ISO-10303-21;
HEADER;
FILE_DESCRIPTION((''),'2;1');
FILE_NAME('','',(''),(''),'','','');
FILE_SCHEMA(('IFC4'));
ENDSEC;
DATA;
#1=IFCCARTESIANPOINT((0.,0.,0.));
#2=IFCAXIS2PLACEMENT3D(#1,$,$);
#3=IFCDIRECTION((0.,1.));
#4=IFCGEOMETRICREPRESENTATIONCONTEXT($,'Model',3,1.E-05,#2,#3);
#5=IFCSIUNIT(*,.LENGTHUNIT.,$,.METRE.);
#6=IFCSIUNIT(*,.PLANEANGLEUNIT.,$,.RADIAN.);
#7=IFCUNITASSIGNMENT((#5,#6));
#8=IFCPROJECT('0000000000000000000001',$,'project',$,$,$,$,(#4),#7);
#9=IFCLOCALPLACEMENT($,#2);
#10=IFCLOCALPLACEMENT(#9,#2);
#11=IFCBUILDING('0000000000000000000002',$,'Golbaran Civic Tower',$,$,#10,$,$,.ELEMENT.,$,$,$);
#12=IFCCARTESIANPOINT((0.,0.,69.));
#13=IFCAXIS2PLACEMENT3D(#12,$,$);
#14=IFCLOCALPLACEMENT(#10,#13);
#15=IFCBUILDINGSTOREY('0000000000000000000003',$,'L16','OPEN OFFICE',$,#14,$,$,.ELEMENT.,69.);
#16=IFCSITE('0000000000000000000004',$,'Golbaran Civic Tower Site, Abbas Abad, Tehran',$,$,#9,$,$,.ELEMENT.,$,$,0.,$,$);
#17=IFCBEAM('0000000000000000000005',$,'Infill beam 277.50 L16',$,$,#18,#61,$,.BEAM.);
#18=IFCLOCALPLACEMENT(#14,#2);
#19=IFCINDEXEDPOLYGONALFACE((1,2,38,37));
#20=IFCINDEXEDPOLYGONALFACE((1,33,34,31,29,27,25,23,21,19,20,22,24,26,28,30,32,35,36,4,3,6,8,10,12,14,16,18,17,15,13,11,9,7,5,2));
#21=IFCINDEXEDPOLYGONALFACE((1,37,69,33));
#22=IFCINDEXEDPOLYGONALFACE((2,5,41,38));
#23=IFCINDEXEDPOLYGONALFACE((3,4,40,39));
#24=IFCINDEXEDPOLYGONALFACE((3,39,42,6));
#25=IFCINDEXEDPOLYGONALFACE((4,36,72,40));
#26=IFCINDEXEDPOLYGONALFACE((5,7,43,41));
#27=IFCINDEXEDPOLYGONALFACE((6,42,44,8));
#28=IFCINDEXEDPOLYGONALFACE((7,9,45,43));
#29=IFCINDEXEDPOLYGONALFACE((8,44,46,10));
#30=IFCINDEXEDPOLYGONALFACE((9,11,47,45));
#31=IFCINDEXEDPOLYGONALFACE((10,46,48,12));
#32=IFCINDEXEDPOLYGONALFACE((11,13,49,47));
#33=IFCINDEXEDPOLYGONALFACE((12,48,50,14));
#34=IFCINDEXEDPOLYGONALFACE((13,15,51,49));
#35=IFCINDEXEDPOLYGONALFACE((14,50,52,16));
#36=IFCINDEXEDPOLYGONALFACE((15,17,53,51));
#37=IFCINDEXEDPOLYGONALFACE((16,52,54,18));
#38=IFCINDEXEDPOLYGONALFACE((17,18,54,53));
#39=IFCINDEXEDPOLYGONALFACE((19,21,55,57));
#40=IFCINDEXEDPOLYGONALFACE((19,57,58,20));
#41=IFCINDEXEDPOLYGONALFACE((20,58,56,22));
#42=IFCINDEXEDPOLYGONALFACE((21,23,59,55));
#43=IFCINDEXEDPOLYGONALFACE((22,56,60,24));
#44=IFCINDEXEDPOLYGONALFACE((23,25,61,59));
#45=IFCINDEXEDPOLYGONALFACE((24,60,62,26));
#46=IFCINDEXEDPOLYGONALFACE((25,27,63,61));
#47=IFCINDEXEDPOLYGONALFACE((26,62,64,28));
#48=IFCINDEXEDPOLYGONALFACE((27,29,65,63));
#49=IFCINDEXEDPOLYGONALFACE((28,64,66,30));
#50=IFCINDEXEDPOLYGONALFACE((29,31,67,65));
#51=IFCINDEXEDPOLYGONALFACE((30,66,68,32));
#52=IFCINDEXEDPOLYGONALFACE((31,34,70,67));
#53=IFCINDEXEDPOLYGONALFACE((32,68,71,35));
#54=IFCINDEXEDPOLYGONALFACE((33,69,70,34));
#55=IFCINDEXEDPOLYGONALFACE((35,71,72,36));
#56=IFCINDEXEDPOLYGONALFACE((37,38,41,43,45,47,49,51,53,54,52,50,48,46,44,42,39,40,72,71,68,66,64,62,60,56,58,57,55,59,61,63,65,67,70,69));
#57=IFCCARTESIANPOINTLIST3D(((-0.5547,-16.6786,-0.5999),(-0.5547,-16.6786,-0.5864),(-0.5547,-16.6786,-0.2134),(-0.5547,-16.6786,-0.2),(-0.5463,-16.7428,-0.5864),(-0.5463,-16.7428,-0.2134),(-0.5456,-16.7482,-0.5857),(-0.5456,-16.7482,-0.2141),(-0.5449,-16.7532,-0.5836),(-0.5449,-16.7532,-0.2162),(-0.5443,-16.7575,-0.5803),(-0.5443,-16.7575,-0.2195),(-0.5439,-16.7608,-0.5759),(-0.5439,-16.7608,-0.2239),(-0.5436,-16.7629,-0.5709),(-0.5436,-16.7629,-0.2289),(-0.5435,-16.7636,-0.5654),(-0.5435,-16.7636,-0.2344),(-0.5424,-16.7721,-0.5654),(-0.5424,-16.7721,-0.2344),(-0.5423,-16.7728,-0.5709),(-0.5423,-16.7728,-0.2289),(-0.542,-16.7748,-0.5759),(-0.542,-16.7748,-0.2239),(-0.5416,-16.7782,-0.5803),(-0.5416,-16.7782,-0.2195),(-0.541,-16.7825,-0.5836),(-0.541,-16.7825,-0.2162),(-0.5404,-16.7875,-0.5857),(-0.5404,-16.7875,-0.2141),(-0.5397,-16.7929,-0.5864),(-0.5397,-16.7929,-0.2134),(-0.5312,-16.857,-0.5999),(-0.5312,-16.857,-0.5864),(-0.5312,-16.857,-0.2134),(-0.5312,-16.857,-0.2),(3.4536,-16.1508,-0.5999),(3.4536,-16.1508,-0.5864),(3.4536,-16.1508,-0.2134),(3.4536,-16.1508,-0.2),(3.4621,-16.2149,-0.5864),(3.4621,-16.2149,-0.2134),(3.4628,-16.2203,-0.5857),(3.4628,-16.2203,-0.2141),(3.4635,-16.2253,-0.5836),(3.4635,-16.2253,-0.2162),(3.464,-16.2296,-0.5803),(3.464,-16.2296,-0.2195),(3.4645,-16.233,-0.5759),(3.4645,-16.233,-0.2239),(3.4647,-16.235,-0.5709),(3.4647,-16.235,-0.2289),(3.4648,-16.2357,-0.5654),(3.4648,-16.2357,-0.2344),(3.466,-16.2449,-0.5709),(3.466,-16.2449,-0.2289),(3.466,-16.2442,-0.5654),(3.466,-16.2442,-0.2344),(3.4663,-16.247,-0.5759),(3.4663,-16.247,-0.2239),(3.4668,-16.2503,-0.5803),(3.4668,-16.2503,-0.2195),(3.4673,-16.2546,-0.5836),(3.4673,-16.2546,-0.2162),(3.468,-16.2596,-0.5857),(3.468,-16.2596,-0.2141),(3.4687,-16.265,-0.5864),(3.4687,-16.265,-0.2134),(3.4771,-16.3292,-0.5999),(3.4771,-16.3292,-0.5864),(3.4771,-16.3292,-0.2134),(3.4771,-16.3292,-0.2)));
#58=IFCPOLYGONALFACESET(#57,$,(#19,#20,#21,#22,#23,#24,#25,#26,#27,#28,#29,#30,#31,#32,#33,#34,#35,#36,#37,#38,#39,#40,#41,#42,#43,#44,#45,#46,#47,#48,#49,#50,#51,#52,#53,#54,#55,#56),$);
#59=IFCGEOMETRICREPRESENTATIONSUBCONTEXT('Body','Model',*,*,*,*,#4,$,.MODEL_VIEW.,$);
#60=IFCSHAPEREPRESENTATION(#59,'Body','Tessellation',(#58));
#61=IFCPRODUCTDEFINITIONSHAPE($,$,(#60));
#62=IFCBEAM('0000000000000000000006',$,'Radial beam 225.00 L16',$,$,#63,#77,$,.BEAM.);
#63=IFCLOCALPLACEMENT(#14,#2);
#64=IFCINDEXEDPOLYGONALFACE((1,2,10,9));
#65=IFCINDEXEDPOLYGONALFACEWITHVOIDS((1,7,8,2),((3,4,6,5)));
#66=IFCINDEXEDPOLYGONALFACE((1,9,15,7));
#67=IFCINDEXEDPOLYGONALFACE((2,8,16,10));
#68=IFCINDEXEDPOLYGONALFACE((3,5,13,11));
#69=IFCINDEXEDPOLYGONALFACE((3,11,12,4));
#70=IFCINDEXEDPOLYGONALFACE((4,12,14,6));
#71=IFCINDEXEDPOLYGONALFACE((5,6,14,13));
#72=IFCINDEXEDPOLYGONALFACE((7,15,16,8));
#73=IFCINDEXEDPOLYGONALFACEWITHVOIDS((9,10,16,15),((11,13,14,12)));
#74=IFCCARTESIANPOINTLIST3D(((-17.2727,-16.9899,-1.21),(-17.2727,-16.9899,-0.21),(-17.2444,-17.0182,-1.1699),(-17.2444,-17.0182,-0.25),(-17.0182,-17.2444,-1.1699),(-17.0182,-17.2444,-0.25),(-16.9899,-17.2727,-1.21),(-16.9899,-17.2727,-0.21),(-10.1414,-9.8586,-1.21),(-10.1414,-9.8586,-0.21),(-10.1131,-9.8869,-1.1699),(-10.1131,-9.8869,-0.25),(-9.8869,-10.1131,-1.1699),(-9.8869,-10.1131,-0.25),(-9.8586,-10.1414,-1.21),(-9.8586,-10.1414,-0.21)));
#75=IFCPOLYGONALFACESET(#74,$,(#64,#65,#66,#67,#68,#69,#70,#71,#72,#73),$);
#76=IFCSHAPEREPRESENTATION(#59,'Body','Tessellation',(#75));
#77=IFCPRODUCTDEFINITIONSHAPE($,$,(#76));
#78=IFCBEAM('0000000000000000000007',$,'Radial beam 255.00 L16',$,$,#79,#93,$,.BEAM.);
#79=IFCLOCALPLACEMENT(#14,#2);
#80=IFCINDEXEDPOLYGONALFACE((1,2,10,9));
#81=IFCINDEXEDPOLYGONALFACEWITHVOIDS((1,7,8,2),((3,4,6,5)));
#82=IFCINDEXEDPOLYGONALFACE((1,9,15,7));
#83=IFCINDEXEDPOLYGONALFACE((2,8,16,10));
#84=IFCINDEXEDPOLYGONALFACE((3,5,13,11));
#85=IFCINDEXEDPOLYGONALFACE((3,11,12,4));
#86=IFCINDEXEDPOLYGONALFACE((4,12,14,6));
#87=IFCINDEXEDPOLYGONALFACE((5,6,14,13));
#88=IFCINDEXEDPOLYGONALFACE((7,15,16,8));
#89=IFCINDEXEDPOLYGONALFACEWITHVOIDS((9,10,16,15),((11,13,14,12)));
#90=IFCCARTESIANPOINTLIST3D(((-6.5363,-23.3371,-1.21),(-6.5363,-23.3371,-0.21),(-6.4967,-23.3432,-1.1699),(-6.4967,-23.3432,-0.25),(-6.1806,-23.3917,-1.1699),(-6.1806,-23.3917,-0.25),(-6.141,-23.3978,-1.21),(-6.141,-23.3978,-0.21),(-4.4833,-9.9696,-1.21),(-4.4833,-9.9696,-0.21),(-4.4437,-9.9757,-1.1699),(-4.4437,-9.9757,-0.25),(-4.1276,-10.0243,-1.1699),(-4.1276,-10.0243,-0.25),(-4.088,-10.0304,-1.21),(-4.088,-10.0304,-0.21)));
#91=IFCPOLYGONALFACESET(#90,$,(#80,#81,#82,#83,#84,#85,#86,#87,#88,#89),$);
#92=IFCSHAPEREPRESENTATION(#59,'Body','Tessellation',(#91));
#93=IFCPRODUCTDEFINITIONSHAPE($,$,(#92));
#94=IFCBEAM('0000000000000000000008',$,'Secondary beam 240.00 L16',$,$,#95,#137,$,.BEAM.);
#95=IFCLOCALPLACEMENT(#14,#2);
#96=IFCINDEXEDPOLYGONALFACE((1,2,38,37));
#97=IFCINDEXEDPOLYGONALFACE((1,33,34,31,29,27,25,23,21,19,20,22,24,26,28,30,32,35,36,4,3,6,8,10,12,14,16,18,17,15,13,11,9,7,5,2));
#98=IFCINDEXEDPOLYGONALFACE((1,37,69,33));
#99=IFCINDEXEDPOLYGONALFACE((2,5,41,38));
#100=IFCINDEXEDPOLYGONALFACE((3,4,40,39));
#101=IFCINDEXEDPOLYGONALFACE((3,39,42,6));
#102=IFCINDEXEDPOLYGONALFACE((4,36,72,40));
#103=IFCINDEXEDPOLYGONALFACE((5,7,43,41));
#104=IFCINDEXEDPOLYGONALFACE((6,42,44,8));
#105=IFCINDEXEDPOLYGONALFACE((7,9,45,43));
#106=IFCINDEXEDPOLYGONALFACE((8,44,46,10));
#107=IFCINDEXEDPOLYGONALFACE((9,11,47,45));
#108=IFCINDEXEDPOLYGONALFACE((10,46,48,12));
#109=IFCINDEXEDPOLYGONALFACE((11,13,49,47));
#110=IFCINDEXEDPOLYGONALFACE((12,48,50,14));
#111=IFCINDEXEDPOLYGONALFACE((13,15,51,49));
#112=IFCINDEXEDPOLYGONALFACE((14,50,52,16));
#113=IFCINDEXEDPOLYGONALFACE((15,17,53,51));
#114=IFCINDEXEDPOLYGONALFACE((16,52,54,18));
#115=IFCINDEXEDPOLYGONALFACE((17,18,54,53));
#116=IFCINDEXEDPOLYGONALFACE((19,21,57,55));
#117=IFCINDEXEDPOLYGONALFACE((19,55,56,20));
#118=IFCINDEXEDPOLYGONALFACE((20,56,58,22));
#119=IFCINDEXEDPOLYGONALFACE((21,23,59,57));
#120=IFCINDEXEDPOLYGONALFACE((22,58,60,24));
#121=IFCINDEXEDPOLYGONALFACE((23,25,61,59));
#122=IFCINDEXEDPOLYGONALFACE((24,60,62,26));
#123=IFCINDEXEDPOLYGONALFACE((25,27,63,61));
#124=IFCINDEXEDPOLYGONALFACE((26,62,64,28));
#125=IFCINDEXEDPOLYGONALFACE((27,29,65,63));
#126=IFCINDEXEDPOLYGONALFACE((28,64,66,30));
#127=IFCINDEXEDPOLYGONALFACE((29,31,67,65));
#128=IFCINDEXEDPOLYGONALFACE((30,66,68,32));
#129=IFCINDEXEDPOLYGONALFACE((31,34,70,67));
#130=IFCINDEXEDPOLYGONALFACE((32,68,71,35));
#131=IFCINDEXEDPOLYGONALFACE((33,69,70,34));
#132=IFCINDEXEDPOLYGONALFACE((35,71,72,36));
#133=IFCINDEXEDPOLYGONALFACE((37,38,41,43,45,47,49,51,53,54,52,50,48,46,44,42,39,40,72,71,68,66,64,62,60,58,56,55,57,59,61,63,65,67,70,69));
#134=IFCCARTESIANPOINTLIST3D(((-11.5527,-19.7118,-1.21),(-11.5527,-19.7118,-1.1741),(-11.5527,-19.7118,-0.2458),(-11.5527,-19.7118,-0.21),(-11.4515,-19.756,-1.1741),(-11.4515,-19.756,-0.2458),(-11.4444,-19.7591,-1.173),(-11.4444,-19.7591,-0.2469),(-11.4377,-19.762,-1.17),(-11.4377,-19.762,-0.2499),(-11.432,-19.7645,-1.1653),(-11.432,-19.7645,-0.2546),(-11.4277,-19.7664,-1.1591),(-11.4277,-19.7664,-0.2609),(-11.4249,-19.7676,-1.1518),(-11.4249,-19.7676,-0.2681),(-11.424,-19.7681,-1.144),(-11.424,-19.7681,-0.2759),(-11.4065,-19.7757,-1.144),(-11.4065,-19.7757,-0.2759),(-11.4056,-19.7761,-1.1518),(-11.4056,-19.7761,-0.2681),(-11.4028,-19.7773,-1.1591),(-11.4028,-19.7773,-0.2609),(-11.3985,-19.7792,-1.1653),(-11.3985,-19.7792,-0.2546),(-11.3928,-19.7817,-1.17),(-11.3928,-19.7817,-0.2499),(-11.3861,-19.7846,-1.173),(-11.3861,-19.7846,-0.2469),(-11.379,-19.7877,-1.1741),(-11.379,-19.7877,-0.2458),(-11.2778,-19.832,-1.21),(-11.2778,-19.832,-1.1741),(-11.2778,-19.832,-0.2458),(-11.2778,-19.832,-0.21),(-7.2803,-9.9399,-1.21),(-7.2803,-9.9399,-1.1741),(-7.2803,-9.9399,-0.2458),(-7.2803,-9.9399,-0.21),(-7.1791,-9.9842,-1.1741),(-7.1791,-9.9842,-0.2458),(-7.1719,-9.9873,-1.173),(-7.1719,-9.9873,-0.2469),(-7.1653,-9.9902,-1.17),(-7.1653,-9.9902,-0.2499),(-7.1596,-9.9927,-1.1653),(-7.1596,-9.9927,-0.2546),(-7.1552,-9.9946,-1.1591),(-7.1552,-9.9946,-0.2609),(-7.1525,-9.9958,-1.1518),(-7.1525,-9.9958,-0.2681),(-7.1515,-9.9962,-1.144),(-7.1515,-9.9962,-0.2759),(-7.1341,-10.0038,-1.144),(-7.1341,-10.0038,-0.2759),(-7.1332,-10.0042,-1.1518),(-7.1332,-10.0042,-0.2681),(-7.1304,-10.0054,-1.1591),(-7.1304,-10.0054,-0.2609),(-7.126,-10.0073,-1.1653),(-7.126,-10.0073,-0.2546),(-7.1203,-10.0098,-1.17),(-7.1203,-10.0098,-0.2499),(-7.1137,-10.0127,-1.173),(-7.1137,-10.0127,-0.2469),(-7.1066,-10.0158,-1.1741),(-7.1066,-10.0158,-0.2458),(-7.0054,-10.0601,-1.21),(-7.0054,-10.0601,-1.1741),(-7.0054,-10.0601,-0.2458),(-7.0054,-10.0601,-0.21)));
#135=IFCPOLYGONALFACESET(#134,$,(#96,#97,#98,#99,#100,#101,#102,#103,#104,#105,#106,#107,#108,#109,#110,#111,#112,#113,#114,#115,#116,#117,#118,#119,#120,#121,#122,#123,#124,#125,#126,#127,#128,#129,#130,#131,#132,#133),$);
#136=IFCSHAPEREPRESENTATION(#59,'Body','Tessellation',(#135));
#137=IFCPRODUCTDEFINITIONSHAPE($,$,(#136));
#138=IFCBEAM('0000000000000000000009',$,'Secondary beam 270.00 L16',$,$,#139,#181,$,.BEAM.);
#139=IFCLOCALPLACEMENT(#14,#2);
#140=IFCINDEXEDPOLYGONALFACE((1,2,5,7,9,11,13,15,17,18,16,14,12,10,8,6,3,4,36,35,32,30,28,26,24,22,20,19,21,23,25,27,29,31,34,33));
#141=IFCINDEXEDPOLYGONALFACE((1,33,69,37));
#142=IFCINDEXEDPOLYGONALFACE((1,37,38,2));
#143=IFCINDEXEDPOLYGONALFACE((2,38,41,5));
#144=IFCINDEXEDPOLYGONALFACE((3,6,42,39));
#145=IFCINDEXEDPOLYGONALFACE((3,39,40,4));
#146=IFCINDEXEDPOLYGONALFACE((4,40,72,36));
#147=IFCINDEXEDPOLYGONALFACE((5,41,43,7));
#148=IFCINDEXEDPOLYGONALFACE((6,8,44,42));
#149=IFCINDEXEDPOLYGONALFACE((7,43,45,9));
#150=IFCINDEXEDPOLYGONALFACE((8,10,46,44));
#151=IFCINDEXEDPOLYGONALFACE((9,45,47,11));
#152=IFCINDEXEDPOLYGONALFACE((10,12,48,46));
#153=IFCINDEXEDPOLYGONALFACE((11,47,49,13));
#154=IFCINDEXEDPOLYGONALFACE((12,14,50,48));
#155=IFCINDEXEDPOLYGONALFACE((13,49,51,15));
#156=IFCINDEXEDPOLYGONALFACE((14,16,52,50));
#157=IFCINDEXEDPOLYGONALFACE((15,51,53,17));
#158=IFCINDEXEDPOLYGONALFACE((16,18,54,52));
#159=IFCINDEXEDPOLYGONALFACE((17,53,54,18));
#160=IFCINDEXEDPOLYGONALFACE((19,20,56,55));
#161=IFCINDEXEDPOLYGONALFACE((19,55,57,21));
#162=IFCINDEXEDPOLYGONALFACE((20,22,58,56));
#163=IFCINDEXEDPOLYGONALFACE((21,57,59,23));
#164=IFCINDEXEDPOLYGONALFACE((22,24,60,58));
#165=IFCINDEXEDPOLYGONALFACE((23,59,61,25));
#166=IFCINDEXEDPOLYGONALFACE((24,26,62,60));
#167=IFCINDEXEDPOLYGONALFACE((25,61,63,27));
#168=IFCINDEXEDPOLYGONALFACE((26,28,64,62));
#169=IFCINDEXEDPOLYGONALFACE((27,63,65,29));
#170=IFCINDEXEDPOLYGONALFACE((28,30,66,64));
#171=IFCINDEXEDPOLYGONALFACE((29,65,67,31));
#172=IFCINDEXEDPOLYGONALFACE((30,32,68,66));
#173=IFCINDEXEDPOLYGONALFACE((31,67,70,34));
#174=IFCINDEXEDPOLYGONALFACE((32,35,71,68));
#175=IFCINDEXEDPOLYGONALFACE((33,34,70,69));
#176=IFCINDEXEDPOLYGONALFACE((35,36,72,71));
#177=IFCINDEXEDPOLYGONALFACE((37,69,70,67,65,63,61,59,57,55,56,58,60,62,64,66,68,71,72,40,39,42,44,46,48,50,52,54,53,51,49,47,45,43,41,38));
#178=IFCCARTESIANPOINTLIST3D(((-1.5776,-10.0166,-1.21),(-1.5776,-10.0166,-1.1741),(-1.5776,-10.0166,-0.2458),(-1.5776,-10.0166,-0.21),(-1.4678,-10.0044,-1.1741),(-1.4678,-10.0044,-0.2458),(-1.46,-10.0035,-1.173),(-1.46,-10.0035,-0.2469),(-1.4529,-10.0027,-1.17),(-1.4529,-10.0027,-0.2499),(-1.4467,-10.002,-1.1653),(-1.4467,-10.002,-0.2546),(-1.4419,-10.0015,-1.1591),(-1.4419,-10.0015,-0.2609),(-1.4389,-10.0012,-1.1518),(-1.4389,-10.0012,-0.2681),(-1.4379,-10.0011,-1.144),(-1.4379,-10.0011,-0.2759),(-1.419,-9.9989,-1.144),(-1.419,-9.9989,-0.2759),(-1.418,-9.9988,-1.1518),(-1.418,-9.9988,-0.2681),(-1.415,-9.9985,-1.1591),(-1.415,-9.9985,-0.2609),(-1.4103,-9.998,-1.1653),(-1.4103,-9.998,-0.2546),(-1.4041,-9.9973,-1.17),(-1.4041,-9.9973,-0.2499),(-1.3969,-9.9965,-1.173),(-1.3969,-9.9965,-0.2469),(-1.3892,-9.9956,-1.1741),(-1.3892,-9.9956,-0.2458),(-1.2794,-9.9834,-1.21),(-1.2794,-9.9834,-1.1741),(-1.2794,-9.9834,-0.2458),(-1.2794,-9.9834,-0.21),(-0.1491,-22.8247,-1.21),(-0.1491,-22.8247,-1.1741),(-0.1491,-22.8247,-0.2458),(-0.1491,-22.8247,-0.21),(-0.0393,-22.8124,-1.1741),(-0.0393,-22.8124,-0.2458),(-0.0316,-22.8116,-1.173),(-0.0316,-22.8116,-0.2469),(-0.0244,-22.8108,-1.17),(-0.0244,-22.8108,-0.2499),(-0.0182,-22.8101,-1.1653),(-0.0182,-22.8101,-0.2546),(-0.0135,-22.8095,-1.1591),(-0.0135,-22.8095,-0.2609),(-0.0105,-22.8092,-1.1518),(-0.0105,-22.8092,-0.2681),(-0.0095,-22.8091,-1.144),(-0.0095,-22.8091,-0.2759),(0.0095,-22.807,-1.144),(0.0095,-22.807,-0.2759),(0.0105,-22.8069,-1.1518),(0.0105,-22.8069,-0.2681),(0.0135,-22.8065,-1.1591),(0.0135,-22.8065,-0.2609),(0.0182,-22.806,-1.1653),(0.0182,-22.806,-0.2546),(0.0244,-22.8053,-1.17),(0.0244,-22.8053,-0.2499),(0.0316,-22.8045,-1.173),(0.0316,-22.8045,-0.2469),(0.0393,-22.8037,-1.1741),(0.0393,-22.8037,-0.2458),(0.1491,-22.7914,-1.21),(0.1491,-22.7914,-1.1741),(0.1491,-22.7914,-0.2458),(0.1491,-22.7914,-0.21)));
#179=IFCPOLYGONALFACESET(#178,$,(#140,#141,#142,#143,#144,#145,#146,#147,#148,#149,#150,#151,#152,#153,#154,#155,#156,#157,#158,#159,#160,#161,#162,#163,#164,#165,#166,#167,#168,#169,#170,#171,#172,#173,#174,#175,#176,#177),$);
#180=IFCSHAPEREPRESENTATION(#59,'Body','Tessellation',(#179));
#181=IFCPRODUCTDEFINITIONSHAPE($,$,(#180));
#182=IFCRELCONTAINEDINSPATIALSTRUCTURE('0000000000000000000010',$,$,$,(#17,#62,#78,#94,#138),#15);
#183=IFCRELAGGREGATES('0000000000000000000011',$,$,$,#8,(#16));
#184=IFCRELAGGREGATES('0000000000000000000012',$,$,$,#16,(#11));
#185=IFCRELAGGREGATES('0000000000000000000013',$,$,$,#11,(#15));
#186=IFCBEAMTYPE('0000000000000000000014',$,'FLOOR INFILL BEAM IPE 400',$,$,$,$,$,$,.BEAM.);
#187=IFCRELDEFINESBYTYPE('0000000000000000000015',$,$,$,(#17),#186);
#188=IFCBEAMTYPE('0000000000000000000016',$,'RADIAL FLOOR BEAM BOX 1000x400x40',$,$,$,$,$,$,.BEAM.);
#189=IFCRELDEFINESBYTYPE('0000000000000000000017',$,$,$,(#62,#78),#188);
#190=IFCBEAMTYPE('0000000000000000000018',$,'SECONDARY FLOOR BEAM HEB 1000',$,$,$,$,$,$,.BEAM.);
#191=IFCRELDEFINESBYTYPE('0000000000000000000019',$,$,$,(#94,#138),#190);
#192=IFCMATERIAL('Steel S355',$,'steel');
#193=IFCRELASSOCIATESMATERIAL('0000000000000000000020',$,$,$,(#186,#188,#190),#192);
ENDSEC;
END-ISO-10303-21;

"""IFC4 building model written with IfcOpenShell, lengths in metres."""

from ifc_helpers import new_model, si_unit, direction, frame, origin, origin_2d, place, context, subcontext, project, spatial, hollow_rectangle, i_section, extrude, material, material_profile, profile_set, type_object, element, save


model = new_model("IFC4")

# Units and contexts
model_context = context("Model", 3, precision=1e-05, world=origin(), true_north=direction((0.0, 1.0)))
body_context = subcontext(model_context, "Body", "Model", "MODEL_VIEW")
ifc_project = project(units=[si_unit("LENGTHUNIT", "METRE"), si_unit("PLANEANGLEUNIT", "RADIAN")], contexts=[model_context])

# Site, building, storey
site_placement = place(None, origin())
site = spatial("IfcSite", under=ifc_project, at=site_placement, Name="Golbaran Civic Tower Site, Abbas Abad, Tehran", CompositionType="ELEMENT", RefElevation=0.0)
building_placement = place(site_placement, origin())
building = spatial("IfcBuilding", under=site, at=building_placement, Name="Golbaran Civic Tower", CompositionType="ELEMENT")
storey_placement = place(building_placement, frame((0.0, 0.0, 69.0)))
storey = spatial("IfcBuildingStorey", under=building, at=storey_placement, Name="L16", Description="OPEN OFFICE", CompositionType="ELEMENT", Elevation=69.0)

# Beams
ifc_material_1 = material(Name="Steel S355", Category="steel")
ifc_material_profile_1 = material_profile(ifc_material_1, i_section(OverallWidth=0.1799, OverallDepth=0.3999, WebThickness=0.0085, FlangeThickness=0.0134, FilletRadius=0.021, at=origin_2d()), Name="IPE 400")
ifc_profile_set_1 = profile_set([ifc_material_profile_1], Name="Steel S355")
beam_type_1 = type_object("IfcBeamType", Name="FLOOR INFILL BEAM IPE 400", PredefinedType="BEAM", material=ifc_profile_set_1)
beam_1_placement = place(storey_placement, frame((-0.543, -16.7678, -0.3999), z_axis=(0.991441, 0.130558, 0.0), x_axis=(-0.130558, 0.991441, 0.0)))
element("IfcBeam", 1, at=beam_1_placement, inside=storey, type_object=beam_type_1, Name="Infill beam 277.50 L16", PredefinedType="BEAM", context=body_context, shape_type="SweptSolid", body=[
    extrude(i_section(OverallWidth=0.1799, OverallDepth=0.3999, WebThickness=0.0085, FlangeThickness=0.0134, FilletRadius=0.021, at=origin_2d()), origin(), (0.0, 0.0, 1.0), 4.043),
])
ifc_material_profile_2 = material_profile(ifc_material_1, hollow_rectangle(XDim=0.3999, YDim=1.0, WallThickness=0.04, at=origin_2d()), Name="BOX 1000x400x40")
ifc_profile_set_2 = profile_set([ifc_material_profile_2], Name="Steel S355")
beam_type_2 = type_object("IfcBeamType", Name="RADIAL FLOOR BEAM BOX 1000x400x40", PredefinedType="BEAM", material=ifc_profile_set_2)
beam_2_placement = place(storey_placement, frame((-10.0, -10.0, -0.71), z_axis=(-0.707107, -0.707107, 0.0), x_axis=(0.707107, -0.707107, 0.0)))
element("IfcBeam", 2, at=beam_2_placement, inside=storey, type_object=beam_type_2, Name="Radial beam 225.00 L16", PredefinedType="BEAM", context=body_context, shape_type="SweptSolid", body=[
    extrude(hollow_rectangle(XDim=0.3999, YDim=1.0, WallThickness=0.04, at=origin_2d()), origin(), (0.0, 0.0, 1.0), 10.0852),
])
beam_3_placement = place(storey_placement, frame((-4.2856, -10.0, -0.71), z_axis=(-0.151801, -0.988411, 0.0), x_axis=(0.988411, -0.151801, 0.0)))
element("IfcBeam", 3, at=beam_3_placement, inside=storey, type_object=beam_type_2, Name="Radial beam 255.00 L16", PredefinedType="BEAM", context=body_context, shape_type="SweptSolid", body=[
    extrude(hollow_rectangle(XDim=0.3999, YDim=1.0, WallThickness=0.04, at=origin_2d()), origin(), (0.0, 0.0, 1.0), 13.5242),
])
ifc_material_profile_3 = material_profile(ifc_material_1, i_section(OverallWidth=0.3, OverallDepth=1.0, WebThickness=0.019, FlangeThickness=0.0359, FilletRadius=0.03, at=origin_2d()), Name="HEB 1000")
ifc_profile_set_3 = profile_set([ifc_material_profile_3], Name="Steel S355")
beam_type_3 = type_object("IfcBeamType", Name="SECONDARY FLOOR BEAM HEB 1000", PredefinedType="BEAM", material=ifc_profile_set_3)
beam_4_placement = place(storey_placement, frame((-7.1428, -10.0, -0.71), z_axis=(-0.4006, -0.916253, 0.0), x_axis=(0.916253, -0.4006, 0.0)))
element("IfcBeam", 4, at=beam_4_placement, inside=storey, type_object=beam_type_3, Name="Secondary beam 240.00 L16", PredefinedType="BEAM", context=body_context, shape_type="SweptSolid", body=[
    extrude(i_section(OverallWidth=0.3, OverallDepth=1.0, WebThickness=0.019, FlangeThickness=0.0359, FilletRadius=0.03, at=origin_2d()), origin(), (0.0, 0.0, 1.0), 10.665),
])
beam_5_placement = place(storey_placement, frame((-1.4285, -10.0, -0.71), z_axis=(0.110841, -0.993838, 0.0), x_axis=(0.993838, 0.110841, 0.0)))
element("IfcBeam", 5, at=beam_5_placement, inside=storey, type_object=beam_type_3, Name="Secondary beam 270.00 L16", PredefinedType="BEAM", context=body_context, shape_type="SweptSolid", body=[
    extrude(i_section(OverallWidth=0.3, OverallDepth=1.0, WebThickness=0.019, FlangeThickness=0.0359, FilletRadius=0.03, at=origin_2d()), origin(), (0.0, 0.0, 1.0), 12.8875),
])

save(model, "model.ifc")
